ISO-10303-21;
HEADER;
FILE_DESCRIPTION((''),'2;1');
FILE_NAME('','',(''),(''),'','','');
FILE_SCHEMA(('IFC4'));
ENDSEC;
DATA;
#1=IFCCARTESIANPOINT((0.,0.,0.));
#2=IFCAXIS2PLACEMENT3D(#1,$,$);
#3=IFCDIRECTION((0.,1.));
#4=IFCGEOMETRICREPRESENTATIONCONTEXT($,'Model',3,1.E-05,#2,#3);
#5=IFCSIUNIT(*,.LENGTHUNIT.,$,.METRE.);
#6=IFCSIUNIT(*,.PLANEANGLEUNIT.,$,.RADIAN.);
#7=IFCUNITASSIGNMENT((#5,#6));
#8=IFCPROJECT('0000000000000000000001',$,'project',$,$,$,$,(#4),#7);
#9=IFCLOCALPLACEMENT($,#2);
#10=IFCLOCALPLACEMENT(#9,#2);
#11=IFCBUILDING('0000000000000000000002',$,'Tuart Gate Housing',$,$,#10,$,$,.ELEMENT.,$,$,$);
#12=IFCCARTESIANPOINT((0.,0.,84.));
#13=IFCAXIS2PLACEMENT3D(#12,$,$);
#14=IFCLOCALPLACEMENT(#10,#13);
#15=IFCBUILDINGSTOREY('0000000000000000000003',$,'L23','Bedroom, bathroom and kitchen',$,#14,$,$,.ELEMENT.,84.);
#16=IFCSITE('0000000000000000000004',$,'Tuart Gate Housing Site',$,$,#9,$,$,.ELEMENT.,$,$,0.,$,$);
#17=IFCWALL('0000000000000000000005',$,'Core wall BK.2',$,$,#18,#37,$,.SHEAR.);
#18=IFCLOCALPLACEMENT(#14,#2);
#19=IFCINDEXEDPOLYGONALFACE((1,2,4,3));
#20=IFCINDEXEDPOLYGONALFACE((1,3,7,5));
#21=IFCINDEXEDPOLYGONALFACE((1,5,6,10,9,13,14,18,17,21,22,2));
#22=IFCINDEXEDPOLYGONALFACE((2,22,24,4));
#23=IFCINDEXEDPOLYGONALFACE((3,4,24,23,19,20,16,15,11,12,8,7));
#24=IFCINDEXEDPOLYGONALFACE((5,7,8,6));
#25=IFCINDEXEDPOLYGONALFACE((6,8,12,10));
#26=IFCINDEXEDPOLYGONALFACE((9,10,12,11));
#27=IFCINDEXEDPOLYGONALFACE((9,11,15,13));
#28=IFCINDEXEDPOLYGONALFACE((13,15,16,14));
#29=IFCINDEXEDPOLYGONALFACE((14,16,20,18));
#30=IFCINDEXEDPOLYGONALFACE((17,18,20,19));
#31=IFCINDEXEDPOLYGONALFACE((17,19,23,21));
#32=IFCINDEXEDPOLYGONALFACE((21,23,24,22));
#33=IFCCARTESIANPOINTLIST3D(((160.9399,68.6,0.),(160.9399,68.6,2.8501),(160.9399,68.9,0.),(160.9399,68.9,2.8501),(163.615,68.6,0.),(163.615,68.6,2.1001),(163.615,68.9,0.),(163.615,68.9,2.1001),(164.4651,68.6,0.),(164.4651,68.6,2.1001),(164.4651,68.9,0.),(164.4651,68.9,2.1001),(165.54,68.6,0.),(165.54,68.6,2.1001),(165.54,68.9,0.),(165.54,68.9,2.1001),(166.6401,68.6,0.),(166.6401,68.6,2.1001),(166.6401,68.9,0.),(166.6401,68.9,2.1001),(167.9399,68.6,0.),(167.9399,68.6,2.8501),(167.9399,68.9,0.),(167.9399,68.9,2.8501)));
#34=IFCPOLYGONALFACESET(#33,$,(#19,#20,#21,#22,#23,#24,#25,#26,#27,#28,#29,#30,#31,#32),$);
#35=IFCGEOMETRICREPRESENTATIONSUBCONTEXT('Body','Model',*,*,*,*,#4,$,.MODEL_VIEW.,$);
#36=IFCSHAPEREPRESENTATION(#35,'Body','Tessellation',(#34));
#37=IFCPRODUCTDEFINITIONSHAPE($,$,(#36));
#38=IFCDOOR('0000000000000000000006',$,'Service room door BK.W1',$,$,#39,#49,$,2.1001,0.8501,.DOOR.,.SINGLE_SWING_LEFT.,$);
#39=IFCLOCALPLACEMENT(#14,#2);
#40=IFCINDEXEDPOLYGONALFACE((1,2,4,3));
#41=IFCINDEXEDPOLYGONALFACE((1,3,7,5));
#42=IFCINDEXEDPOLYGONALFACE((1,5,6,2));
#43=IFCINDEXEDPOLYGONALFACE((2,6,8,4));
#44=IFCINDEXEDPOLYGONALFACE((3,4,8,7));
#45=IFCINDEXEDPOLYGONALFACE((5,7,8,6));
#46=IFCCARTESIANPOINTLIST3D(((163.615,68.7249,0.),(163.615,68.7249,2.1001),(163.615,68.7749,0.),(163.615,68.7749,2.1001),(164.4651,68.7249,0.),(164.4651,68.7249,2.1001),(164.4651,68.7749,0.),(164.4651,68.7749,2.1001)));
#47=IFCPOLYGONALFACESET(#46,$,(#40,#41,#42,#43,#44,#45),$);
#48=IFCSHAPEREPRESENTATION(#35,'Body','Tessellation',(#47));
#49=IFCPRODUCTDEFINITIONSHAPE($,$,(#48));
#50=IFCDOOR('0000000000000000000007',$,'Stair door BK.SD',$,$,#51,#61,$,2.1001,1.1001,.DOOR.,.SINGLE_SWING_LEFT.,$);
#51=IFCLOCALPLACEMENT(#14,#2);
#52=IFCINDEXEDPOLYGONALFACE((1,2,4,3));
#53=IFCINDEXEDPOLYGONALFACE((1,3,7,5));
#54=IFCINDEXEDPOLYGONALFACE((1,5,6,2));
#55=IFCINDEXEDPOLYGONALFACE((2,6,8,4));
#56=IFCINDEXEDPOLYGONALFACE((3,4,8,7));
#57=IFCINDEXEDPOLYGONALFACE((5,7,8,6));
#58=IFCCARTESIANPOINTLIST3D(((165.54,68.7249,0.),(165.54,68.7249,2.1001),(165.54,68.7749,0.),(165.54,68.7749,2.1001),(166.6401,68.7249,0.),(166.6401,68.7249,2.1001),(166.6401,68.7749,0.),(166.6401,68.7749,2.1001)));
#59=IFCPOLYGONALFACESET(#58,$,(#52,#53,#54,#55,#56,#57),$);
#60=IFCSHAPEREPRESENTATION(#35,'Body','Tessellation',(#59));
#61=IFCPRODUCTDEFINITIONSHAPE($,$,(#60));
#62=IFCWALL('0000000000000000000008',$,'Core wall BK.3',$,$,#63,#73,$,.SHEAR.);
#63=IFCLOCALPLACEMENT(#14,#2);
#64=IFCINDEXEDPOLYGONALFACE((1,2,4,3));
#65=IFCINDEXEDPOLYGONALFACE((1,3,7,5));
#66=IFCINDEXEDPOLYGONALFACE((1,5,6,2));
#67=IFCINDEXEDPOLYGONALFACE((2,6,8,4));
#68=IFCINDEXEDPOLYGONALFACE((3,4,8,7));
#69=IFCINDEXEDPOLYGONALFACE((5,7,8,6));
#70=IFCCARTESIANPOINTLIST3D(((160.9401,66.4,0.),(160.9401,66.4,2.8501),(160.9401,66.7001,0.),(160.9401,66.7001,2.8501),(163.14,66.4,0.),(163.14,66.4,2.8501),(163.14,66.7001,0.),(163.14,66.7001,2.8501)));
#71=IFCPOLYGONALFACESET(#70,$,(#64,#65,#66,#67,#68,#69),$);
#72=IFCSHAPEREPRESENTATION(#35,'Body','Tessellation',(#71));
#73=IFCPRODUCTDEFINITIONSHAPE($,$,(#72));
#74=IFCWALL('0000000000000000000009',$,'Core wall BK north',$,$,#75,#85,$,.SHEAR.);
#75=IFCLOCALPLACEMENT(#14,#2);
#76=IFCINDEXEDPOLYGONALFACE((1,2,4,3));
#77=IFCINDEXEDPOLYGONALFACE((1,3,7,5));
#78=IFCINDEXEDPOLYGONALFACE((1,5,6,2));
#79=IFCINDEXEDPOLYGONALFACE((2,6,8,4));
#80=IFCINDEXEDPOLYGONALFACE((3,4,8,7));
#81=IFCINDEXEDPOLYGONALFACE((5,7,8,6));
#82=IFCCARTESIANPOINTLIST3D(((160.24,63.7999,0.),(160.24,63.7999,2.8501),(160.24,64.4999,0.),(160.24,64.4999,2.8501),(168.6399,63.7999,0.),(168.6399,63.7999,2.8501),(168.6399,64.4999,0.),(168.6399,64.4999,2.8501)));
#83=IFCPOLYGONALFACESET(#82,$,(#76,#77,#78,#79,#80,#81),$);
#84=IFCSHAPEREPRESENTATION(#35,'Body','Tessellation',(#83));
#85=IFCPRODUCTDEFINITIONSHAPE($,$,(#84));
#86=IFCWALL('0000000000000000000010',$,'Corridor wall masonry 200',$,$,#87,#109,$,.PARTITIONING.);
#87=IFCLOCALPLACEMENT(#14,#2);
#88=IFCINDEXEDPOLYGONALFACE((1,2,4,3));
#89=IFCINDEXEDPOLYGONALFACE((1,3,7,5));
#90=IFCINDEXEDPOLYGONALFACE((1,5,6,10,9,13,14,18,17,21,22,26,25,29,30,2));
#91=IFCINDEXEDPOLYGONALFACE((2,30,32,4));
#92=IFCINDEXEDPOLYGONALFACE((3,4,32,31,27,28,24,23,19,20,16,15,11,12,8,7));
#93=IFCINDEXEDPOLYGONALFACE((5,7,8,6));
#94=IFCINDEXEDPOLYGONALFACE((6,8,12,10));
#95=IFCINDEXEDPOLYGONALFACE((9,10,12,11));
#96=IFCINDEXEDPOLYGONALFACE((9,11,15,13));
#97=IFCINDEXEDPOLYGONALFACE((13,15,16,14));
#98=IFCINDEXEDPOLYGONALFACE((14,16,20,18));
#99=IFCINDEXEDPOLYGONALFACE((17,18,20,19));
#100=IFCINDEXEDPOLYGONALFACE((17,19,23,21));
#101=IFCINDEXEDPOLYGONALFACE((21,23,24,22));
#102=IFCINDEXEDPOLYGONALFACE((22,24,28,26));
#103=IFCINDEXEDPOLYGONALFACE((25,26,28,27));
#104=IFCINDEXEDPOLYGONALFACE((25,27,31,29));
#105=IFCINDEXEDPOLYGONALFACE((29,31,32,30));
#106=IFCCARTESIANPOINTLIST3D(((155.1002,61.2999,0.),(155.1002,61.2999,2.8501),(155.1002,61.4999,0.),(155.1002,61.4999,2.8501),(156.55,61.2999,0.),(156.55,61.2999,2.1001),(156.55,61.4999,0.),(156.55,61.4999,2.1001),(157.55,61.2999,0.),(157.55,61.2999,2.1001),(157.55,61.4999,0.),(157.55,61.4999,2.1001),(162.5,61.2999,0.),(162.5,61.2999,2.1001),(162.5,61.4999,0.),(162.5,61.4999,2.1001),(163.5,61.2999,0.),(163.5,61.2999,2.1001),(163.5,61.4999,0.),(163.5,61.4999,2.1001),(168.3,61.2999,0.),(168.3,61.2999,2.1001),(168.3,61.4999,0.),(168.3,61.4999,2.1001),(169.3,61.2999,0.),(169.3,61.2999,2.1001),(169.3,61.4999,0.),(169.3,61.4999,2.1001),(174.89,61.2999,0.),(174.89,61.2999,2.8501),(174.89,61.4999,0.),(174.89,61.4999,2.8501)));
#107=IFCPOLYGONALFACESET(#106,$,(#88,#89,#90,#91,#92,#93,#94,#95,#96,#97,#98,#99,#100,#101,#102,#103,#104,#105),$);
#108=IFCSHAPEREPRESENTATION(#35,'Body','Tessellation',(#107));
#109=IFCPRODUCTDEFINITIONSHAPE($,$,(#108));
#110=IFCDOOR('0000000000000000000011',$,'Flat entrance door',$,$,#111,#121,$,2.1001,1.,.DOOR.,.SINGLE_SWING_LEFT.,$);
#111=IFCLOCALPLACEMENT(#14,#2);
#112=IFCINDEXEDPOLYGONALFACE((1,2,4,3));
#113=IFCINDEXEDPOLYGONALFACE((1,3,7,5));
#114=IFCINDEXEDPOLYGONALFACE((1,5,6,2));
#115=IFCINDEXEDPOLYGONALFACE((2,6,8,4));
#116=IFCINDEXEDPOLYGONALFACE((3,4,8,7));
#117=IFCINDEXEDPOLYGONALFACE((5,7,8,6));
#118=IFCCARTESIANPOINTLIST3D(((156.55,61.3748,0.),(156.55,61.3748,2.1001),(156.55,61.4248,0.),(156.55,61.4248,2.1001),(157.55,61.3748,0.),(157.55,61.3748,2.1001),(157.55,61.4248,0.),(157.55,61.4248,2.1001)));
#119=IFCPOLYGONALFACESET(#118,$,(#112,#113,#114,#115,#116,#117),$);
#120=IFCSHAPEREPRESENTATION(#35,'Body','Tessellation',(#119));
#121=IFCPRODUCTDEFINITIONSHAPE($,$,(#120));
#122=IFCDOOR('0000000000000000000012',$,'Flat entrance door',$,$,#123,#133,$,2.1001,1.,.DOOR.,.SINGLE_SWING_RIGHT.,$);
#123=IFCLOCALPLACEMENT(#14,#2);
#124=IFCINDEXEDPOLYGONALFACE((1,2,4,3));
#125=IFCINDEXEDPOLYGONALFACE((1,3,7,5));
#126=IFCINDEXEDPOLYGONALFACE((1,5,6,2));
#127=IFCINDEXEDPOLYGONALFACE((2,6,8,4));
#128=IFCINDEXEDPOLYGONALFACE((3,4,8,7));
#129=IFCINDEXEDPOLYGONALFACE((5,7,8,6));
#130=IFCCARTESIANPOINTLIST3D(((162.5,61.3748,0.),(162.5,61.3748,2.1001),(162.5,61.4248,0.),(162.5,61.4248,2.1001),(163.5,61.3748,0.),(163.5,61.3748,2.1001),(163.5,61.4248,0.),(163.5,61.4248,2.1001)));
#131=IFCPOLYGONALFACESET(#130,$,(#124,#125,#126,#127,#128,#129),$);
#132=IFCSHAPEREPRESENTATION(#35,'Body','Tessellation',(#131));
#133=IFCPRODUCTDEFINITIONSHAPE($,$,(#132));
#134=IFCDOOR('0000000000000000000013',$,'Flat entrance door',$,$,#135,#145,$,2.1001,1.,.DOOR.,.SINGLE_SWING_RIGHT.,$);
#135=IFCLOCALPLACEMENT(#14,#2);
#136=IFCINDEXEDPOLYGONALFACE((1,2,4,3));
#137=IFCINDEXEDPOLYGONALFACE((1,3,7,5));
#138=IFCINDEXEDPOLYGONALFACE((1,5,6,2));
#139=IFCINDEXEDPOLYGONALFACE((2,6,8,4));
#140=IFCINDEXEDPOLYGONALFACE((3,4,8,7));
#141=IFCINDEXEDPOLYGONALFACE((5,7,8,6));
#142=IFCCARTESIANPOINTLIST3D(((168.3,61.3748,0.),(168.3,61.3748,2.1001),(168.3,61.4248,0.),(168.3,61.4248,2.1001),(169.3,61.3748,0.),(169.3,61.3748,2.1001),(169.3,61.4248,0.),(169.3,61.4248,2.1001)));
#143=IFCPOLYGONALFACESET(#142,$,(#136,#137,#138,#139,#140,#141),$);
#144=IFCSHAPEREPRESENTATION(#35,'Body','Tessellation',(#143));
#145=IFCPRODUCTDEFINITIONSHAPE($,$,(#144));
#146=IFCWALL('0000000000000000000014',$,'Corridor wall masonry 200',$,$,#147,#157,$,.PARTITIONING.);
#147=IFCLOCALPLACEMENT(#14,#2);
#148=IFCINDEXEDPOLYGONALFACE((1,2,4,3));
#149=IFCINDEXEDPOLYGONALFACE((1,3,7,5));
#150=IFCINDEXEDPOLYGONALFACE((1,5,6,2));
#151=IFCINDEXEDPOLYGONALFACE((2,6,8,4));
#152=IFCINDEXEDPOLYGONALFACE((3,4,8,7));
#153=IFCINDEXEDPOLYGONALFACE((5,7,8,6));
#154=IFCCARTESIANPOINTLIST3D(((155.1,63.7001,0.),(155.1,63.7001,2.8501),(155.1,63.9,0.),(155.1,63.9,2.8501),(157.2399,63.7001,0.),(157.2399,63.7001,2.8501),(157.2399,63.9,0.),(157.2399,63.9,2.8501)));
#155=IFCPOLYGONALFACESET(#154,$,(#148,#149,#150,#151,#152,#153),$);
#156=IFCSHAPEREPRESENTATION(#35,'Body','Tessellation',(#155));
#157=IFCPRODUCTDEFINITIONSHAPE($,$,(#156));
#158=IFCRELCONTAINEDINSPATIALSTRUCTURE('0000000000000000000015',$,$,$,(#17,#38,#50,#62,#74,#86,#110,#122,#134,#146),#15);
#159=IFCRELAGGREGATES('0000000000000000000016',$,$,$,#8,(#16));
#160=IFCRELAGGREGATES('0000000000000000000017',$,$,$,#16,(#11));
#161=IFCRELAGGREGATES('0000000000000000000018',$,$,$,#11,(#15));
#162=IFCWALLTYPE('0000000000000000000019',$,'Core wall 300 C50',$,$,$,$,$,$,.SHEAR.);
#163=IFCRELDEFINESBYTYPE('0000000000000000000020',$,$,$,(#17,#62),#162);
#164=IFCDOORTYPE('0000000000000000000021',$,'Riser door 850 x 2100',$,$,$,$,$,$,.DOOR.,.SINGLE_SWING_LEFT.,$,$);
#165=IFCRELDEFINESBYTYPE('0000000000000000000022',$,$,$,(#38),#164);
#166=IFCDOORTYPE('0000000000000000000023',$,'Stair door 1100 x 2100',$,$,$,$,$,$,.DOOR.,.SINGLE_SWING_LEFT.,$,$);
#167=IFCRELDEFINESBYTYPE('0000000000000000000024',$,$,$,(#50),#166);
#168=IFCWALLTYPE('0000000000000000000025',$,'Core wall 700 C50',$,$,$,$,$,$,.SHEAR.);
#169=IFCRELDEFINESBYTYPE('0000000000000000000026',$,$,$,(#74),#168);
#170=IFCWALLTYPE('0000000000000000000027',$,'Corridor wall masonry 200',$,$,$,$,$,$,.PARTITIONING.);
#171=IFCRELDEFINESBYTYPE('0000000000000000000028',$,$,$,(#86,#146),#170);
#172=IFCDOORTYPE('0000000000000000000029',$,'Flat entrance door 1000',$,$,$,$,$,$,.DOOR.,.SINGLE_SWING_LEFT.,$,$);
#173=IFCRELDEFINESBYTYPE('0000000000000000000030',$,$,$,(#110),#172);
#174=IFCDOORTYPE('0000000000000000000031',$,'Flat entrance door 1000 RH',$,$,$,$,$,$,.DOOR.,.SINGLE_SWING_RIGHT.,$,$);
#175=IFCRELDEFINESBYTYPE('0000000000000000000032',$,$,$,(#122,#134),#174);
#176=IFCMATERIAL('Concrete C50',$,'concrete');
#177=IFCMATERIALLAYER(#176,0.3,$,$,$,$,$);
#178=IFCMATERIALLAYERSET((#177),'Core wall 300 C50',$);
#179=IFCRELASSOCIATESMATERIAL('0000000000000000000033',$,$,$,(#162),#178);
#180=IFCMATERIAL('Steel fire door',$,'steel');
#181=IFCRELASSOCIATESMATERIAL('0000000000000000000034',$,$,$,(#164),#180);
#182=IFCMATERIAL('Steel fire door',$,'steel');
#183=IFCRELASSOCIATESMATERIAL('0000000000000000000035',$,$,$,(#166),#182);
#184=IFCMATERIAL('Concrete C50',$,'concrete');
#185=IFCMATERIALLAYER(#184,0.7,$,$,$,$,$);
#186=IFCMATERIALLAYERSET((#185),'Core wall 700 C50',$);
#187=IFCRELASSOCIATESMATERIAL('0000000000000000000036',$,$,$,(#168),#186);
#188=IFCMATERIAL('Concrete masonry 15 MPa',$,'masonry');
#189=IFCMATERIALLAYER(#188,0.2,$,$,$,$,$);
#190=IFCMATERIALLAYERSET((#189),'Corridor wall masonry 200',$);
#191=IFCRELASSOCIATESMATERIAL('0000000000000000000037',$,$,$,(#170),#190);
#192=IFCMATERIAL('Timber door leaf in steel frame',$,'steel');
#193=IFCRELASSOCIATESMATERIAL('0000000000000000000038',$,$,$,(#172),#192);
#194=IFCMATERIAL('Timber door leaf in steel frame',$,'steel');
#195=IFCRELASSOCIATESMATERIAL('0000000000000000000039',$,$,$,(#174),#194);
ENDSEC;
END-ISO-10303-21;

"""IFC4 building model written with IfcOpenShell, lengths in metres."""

from ifc_helpers import new_model, si_unit, direction, frame, frame_2d, origin, place, context, subcontext, project, spatial, rectangle, extrude, material, layer, layer_set, type_object, element, fill, save


model = new_model("IFC4")

# Units and contexts
model_context = context("Model", 3, precision=1e-05, world=origin(), true_north=direction((0.0, 1.0)))
body_context = subcontext(model_context, "Body", "Model", "MODEL_VIEW")
ifc_project = project(units=[si_unit("LENGTHUNIT", "METRE"), si_unit("PLANEANGLEUNIT", "RADIAN")], contexts=[model_context])

# Site, building, storey
site_placement = place(None, origin())
site = spatial("IfcSite", under=ifc_project, at=site_placement, Name="Tuart Gate Housing Site", CompositionType="ELEMENT", RefElevation=0.0)
building_placement = place(site_placement, origin())
building = spatial("IfcBuilding", under=site, at=building_placement, Name="Tuart Gate Housing", CompositionType="ELEMENT")
storey_placement = place(building_placement, frame((0.0, 0.0, 84.0)))
storey = spatial("IfcBuildingStorey", under=building, at=storey_placement, Name="L23", Description="Bedroom, bathroom and kitchen", CompositionType="ELEMENT", Elevation=84.0)

# Wall, openings, doors
ifc_material_1 = material(Name="Concrete C50", Category="concrete")
ifc_layer_1 = layer(ifc_material_1, 0.3)
ifc_layer_set_1 = layer_set([ifc_layer_1], Name="Core wall 300 C50")
wall_type_1 = type_object("IfcWallType", Name="Core wall 300 C50", PredefinedType="SHEAR", material=ifc_layer_set_1)
wall_1_placement = place(storey_placement, frame((160.9399, 68.75, 0.0), z_axis=(0.0, 0.0, 1.0), x_axis=(1.0, 0.0, 0.0)))
wall_1 = element("IfcWall", 1, at=wall_1_placement, inside=storey, type_object=wall_type_1, Name="Core wall BK.2", PredefinedType="SHEAR", context=body_context, shape_type="SweptSolid", body=[
    extrude(rectangle(XDim=7.0, YDim=0.3, at=frame_2d((3.5, 0.0))), origin(), (0.0, 0.0, 1.0), 2.8501),
])
opening_1_placement = place(wall_1_placement, frame((4.6001, 0.0, 0.0)))
opening_1 = element("IfcOpeningElement", 2, at=opening_1_placement, cuts=wall_1, PredefinedType="OPENING", context=body_context, shape_type="SweptSolid", body=[
    extrude(rectangle(XDim=1.1001, YDim=2.1001, at=frame_2d((0.55, 1.05))), frame((0.0, 0.1599, 0.0), z_axis=(0.0, -1.0, 0.0), x_axis=(1.0, 0.0, 0.0)), (0.0, 0.0, 1.0), 0.3201),
])
opening_2_placement = place(wall_1_placement, frame((2.675, 0.0, 0.0)))
opening_2 = element("IfcOpeningElement", 3, at=opening_2_placement, cuts=wall_1, PredefinedType="OPENING", context=body_context, shape_type="SweptSolid", body=[
    extrude(rectangle(XDim=0.8501, YDim=2.1001, at=frame_2d((0.425, 1.05))), frame((0.0, 0.1599, 0.0), z_axis=(0.0, -1.0, 0.0), x_axis=(1.0, 0.0, 0.0)), (0.0, 0.0, 1.0), 0.3201),
])
ifc_material_2 = material(Name="Steel fire door", Category="steel")
door_type_1 = type_object("IfcDoorType", Name="Riser door 850 x 2100", OperationType="SINGLE_SWING_LEFT", PredefinedType="DOOR", material=ifc_material_2)
door_1_placement = place(opening_2_placement, origin())
door_1 = element("IfcDoor", 4, at=door_1_placement, inside=storey, type_object=door_type_1, Name="Service room door BK.W1", OperationType="SINGLE_SWING_LEFT", OverallHeight=2.1001, OverallWidth=0.8501, PredefinedType="DOOR", context=body_context, shape_type="SweptSolid", body=[
    extrude(rectangle(XDim=0.8501, YDim=2.1001, at=frame_2d((0.425, 1.05))), frame((0.0, 0.0249, 0.0), z_axis=(0.0, -1.0, 0.0), x_axis=(1.0, 0.0, 0.0)), (0.0, 0.0, 1.0), 0.05),
])
fill(opening_2, door_1)
ifc_material_3 = material(Name="Steel fire door", Category="steel")
door_type_2 = type_object("IfcDoorType", Name="Stair door 1100 x 2100", OperationType="SINGLE_SWING_LEFT", PredefinedType="DOOR", material=ifc_material_3)
door_2_placement = place(opening_1_placement, origin())
door_2 = element("IfcDoor", 5, at=door_2_placement, inside=storey, type_object=door_type_2, Name="Stair door BK.SD", OperationType="SINGLE_SWING_LEFT", OverallHeight=2.1001, OverallWidth=1.1001, PredefinedType="DOOR", context=body_context, shape_type="SweptSolid", body=[
    extrude(rectangle(XDim=1.1001, YDim=2.1001, at=frame_2d((0.55, 1.05))), frame((0.0, 0.0249, 0.0), z_axis=(0.0, -1.0, 0.0), x_axis=(1.0, 0.0, 0.0)), (0.0, 0.0, 1.0), 0.05),
])
fill(opening_1, door_2)

# Walls
wall_2_placement = place(storey_placement, frame((160.9399, 66.55, 0.0), z_axis=(0.0, 0.0, 1.0), x_axis=(1.0, 0.0, 0.0)))
element("IfcWall", 6, at=wall_2_placement, inside=storey, type_object=wall_type_1, Name="Core wall BK.3", PredefinedType="SHEAR", context=body_context, shape_type="SweptSolid", body=[
    extrude(rectangle(XDim=2.2, YDim=0.3, at=frame_2d((1.1001, 0.0))), origin(), (0.0, 0.0, 1.0), 2.8501),
])
ifc_material_4 = material(Name="Concrete C50", Category="concrete")
ifc_layer_2 = layer(ifc_material_4, 0.7)
ifc_layer_set_2 = layer_set([ifc_layer_2], Name="Core wall 700 C50")
wall_type_2 = type_object("IfcWallType", Name="Core wall 700 C50", PredefinedType="SHEAR", material=ifc_layer_set_2)
wall_3_placement = place(storey_placement, frame((160.24, 64.1499, 0.0), z_axis=(0.0, 0.0, 1.0), x_axis=(1.0, 0.0, 0.0)))
element("IfcWall", 7, at=wall_3_placement, inside=storey, type_object=wall_type_2, Name="Core wall BK north", PredefinedType="SHEAR", context=body_context, shape_type="SweptSolid", body=[
    extrude(rectangle(XDim=8.3999, YDim=0.7, at=frame_2d((4.2, 0.0))), origin(), (0.0, 0.0, 1.0), 2.8501),
])

# Wall, openings, doors
ifc_material_5 = material(Name="Concrete masonry 15 MPa", Category="masonry")
ifc_layer_3 = layer(ifc_material_5, 0.2)
ifc_layer_set_3 = layer_set([ifc_layer_3], Name="Corridor wall masonry 200")
wall_type_3 = type_object("IfcWallType", Name="Corridor wall masonry 200", PredefinedType="PARTITIONING", material=ifc_layer_set_3)
wall_4_placement = place(storey_placement, frame((155.1001, 61.3999, 0.0), z_axis=(0.0, 0.0, 1.0), x_axis=(1.0, 0.0, 0.0)))
wall_4 = element("IfcWall", 8, at=wall_4_placement, inside=storey, type_object=wall_type_3, Name="Corridor wall masonry 200", PredefinedType="PARTITIONING", context=body_context, shape_type="SweptSolid", body=[
    extrude(rectangle(XDim=19.7898, YDim=0.2, at=frame_2d((9.895, 0.0))), origin(), (0.0, 0.0, 1.0), 2.8501),
])
opening_3_placement = place(wall_4_placement, frame((1.45, 0.0, 0.0)))
opening_3 = element("IfcOpeningElement", 9, at=opening_3_placement, cuts=wall_4, PredefinedType="OPENING", context=body_context, shape_type="SweptSolid", body=[
    extrude(rectangle(XDim=1.0, YDim=2.1001, at=frame_2d((0.5, 1.05))), frame((0.0, 0.1099, 0.0), z_axis=(0.0, -1.0, 0.0), x_axis=(1.0, 0.0, 0.0)), (0.0, 0.0, 1.0), 0.22),
])
opening_4_placement = place(wall_4_placement, frame((7.3999, 0.0, 0.0)))
opening_4 = element("IfcOpeningElement", 10, at=opening_4_placement, cuts=wall_4, PredefinedType="OPENING", context=body_context, shape_type="SweptSolid", body=[
    extrude(rectangle(XDim=1.0, YDim=2.1001, at=frame_2d((0.5, 1.05))), frame((0.0, 0.1099, 0.0), z_axis=(0.0, -1.0, 0.0), x_axis=(1.0, 0.0, 0.0)), (0.0, 0.0, 1.0), 0.22),
])
opening_5_placement = place(wall_4_placement, frame((13.2, 0.0, 0.0)))
opening_5 = element("IfcOpeningElement", 11, at=opening_5_placement, cuts=wall_4, PredefinedType="OPENING", context=body_context, shape_type="SweptSolid", body=[
    extrude(rectangle(XDim=1.0, YDim=2.1001, at=frame_2d((0.5, 1.05))), frame((0.0, 0.1099, 0.0), z_axis=(0.0, -1.0, 0.0), x_axis=(1.0, 0.0, 0.0)), (0.0, 0.0, 1.0), 0.22),
])
ifc_material_6 = material(Name="Timber door leaf in steel frame", Category="steel")
door_type_3 = type_object("IfcDoorType", Name="Flat entrance door 1000", OperationType="SINGLE_SWING_LEFT", PredefinedType="DOOR", material=ifc_material_6)
door_3_placement = place(opening_3_placement, frame((1.0, 0.0, 0.0), z_axis=(0.0, 0.0, 1.0), x_axis=(-1.0, 0.0, 0.0)))
door_3 = element("IfcDoor", 12, at=door_3_placement, inside=storey, type_object=door_type_3, Name="Flat entrance door", OperationType="SINGLE_SWING_LEFT", OverallHeight=2.1001, OverallWidth=1.0, PredefinedType="DOOR", context=body_context, shape_type="SweptSolid", body=[
    extrude(rectangle(XDim=1.0, YDim=2.1001, at=frame_2d((0.5, 1.05))), frame((0.0, 0.0251, 0.0), z_axis=(0.0, -1.0, 0.0), x_axis=(1.0, 0.0, 0.0)), (0.0, 0.0, 1.0), 0.05),
])
fill(opening_3, door_3)
ifc_material_7 = material(Name="Timber door leaf in steel frame", Category="steel")
door_type_4 = type_object("IfcDoorType", Name="Flat entrance door 1000 RH", OperationType="SINGLE_SWING_RIGHT", PredefinedType="DOOR", material=ifc_material_7)
door_4_placement = place(opening_4_placement, frame((1.0, 0.0, 0.0), z_axis=(0.0, 0.0, 1.0), x_axis=(-1.0, 0.0, 0.0)))
door_4 = element("IfcDoor", 13, at=door_4_placement, inside=storey, type_object=door_type_4, Name="Flat entrance door", OperationType="SINGLE_SWING_RIGHT", OverallHeight=2.1001, OverallWidth=1.0, PredefinedType="DOOR", context=body_context, shape_type="SweptSolid", body=[
    extrude(rectangle(XDim=1.0, YDim=2.1001, at=frame_2d((0.5, 1.05))), frame((0.0, 0.0251, 0.0), z_axis=(0.0, -1.0, 0.0), x_axis=(1.0, 0.0, 0.0)), (0.0, 0.0, 1.0), 0.05),
])
fill(opening_4, door_4)
door_5_placement = place(opening_5_placement, frame((1.0, 0.0, 0.0), z_axis=(0.0, 0.0, 1.0), x_axis=(-1.0, 0.0, 0.0)))
door_5 = element("IfcDoor", 14, at=door_5_placement, inside=storey, type_object=door_type_4, Name="Flat entrance door", OperationType="SINGLE_SWING_RIGHT", OverallHeight=2.1001, OverallWidth=1.0, PredefinedType="DOOR", context=body_context, shape_type="SweptSolid", body=[
    extrude(rectangle(XDim=1.0, YDim=2.1001, at=frame_2d((0.5, 1.05))), frame((0.0, 0.0251, 0.0), z_axis=(0.0, -1.0, 0.0), x_axis=(1.0, 0.0, 0.0)), (0.0, 0.0, 1.0), 0.05),
])
fill(opening_5, door_5)

# Wall
wall_5_placement = place(storey_placement, frame((155.1001, 63.8, 0.0), z_axis=(0.0, 0.0, 1.0), x_axis=(1.0, 0.0, 0.0)))
element("IfcWall", 15, at=wall_5_placement, inside=storey, type_object=wall_type_3, Name="Corridor wall masonry 200", PredefinedType="PARTITIONING", context=body_context, shape_type="SweptSolid", body=[
    extrude(rectangle(XDim=2.1399, YDim=0.2, at=frame_2d((1.0698, 0.0))), origin(), (0.0, 0.0, 1.0), 2.8501),
])

save(model, "model.ifc")
